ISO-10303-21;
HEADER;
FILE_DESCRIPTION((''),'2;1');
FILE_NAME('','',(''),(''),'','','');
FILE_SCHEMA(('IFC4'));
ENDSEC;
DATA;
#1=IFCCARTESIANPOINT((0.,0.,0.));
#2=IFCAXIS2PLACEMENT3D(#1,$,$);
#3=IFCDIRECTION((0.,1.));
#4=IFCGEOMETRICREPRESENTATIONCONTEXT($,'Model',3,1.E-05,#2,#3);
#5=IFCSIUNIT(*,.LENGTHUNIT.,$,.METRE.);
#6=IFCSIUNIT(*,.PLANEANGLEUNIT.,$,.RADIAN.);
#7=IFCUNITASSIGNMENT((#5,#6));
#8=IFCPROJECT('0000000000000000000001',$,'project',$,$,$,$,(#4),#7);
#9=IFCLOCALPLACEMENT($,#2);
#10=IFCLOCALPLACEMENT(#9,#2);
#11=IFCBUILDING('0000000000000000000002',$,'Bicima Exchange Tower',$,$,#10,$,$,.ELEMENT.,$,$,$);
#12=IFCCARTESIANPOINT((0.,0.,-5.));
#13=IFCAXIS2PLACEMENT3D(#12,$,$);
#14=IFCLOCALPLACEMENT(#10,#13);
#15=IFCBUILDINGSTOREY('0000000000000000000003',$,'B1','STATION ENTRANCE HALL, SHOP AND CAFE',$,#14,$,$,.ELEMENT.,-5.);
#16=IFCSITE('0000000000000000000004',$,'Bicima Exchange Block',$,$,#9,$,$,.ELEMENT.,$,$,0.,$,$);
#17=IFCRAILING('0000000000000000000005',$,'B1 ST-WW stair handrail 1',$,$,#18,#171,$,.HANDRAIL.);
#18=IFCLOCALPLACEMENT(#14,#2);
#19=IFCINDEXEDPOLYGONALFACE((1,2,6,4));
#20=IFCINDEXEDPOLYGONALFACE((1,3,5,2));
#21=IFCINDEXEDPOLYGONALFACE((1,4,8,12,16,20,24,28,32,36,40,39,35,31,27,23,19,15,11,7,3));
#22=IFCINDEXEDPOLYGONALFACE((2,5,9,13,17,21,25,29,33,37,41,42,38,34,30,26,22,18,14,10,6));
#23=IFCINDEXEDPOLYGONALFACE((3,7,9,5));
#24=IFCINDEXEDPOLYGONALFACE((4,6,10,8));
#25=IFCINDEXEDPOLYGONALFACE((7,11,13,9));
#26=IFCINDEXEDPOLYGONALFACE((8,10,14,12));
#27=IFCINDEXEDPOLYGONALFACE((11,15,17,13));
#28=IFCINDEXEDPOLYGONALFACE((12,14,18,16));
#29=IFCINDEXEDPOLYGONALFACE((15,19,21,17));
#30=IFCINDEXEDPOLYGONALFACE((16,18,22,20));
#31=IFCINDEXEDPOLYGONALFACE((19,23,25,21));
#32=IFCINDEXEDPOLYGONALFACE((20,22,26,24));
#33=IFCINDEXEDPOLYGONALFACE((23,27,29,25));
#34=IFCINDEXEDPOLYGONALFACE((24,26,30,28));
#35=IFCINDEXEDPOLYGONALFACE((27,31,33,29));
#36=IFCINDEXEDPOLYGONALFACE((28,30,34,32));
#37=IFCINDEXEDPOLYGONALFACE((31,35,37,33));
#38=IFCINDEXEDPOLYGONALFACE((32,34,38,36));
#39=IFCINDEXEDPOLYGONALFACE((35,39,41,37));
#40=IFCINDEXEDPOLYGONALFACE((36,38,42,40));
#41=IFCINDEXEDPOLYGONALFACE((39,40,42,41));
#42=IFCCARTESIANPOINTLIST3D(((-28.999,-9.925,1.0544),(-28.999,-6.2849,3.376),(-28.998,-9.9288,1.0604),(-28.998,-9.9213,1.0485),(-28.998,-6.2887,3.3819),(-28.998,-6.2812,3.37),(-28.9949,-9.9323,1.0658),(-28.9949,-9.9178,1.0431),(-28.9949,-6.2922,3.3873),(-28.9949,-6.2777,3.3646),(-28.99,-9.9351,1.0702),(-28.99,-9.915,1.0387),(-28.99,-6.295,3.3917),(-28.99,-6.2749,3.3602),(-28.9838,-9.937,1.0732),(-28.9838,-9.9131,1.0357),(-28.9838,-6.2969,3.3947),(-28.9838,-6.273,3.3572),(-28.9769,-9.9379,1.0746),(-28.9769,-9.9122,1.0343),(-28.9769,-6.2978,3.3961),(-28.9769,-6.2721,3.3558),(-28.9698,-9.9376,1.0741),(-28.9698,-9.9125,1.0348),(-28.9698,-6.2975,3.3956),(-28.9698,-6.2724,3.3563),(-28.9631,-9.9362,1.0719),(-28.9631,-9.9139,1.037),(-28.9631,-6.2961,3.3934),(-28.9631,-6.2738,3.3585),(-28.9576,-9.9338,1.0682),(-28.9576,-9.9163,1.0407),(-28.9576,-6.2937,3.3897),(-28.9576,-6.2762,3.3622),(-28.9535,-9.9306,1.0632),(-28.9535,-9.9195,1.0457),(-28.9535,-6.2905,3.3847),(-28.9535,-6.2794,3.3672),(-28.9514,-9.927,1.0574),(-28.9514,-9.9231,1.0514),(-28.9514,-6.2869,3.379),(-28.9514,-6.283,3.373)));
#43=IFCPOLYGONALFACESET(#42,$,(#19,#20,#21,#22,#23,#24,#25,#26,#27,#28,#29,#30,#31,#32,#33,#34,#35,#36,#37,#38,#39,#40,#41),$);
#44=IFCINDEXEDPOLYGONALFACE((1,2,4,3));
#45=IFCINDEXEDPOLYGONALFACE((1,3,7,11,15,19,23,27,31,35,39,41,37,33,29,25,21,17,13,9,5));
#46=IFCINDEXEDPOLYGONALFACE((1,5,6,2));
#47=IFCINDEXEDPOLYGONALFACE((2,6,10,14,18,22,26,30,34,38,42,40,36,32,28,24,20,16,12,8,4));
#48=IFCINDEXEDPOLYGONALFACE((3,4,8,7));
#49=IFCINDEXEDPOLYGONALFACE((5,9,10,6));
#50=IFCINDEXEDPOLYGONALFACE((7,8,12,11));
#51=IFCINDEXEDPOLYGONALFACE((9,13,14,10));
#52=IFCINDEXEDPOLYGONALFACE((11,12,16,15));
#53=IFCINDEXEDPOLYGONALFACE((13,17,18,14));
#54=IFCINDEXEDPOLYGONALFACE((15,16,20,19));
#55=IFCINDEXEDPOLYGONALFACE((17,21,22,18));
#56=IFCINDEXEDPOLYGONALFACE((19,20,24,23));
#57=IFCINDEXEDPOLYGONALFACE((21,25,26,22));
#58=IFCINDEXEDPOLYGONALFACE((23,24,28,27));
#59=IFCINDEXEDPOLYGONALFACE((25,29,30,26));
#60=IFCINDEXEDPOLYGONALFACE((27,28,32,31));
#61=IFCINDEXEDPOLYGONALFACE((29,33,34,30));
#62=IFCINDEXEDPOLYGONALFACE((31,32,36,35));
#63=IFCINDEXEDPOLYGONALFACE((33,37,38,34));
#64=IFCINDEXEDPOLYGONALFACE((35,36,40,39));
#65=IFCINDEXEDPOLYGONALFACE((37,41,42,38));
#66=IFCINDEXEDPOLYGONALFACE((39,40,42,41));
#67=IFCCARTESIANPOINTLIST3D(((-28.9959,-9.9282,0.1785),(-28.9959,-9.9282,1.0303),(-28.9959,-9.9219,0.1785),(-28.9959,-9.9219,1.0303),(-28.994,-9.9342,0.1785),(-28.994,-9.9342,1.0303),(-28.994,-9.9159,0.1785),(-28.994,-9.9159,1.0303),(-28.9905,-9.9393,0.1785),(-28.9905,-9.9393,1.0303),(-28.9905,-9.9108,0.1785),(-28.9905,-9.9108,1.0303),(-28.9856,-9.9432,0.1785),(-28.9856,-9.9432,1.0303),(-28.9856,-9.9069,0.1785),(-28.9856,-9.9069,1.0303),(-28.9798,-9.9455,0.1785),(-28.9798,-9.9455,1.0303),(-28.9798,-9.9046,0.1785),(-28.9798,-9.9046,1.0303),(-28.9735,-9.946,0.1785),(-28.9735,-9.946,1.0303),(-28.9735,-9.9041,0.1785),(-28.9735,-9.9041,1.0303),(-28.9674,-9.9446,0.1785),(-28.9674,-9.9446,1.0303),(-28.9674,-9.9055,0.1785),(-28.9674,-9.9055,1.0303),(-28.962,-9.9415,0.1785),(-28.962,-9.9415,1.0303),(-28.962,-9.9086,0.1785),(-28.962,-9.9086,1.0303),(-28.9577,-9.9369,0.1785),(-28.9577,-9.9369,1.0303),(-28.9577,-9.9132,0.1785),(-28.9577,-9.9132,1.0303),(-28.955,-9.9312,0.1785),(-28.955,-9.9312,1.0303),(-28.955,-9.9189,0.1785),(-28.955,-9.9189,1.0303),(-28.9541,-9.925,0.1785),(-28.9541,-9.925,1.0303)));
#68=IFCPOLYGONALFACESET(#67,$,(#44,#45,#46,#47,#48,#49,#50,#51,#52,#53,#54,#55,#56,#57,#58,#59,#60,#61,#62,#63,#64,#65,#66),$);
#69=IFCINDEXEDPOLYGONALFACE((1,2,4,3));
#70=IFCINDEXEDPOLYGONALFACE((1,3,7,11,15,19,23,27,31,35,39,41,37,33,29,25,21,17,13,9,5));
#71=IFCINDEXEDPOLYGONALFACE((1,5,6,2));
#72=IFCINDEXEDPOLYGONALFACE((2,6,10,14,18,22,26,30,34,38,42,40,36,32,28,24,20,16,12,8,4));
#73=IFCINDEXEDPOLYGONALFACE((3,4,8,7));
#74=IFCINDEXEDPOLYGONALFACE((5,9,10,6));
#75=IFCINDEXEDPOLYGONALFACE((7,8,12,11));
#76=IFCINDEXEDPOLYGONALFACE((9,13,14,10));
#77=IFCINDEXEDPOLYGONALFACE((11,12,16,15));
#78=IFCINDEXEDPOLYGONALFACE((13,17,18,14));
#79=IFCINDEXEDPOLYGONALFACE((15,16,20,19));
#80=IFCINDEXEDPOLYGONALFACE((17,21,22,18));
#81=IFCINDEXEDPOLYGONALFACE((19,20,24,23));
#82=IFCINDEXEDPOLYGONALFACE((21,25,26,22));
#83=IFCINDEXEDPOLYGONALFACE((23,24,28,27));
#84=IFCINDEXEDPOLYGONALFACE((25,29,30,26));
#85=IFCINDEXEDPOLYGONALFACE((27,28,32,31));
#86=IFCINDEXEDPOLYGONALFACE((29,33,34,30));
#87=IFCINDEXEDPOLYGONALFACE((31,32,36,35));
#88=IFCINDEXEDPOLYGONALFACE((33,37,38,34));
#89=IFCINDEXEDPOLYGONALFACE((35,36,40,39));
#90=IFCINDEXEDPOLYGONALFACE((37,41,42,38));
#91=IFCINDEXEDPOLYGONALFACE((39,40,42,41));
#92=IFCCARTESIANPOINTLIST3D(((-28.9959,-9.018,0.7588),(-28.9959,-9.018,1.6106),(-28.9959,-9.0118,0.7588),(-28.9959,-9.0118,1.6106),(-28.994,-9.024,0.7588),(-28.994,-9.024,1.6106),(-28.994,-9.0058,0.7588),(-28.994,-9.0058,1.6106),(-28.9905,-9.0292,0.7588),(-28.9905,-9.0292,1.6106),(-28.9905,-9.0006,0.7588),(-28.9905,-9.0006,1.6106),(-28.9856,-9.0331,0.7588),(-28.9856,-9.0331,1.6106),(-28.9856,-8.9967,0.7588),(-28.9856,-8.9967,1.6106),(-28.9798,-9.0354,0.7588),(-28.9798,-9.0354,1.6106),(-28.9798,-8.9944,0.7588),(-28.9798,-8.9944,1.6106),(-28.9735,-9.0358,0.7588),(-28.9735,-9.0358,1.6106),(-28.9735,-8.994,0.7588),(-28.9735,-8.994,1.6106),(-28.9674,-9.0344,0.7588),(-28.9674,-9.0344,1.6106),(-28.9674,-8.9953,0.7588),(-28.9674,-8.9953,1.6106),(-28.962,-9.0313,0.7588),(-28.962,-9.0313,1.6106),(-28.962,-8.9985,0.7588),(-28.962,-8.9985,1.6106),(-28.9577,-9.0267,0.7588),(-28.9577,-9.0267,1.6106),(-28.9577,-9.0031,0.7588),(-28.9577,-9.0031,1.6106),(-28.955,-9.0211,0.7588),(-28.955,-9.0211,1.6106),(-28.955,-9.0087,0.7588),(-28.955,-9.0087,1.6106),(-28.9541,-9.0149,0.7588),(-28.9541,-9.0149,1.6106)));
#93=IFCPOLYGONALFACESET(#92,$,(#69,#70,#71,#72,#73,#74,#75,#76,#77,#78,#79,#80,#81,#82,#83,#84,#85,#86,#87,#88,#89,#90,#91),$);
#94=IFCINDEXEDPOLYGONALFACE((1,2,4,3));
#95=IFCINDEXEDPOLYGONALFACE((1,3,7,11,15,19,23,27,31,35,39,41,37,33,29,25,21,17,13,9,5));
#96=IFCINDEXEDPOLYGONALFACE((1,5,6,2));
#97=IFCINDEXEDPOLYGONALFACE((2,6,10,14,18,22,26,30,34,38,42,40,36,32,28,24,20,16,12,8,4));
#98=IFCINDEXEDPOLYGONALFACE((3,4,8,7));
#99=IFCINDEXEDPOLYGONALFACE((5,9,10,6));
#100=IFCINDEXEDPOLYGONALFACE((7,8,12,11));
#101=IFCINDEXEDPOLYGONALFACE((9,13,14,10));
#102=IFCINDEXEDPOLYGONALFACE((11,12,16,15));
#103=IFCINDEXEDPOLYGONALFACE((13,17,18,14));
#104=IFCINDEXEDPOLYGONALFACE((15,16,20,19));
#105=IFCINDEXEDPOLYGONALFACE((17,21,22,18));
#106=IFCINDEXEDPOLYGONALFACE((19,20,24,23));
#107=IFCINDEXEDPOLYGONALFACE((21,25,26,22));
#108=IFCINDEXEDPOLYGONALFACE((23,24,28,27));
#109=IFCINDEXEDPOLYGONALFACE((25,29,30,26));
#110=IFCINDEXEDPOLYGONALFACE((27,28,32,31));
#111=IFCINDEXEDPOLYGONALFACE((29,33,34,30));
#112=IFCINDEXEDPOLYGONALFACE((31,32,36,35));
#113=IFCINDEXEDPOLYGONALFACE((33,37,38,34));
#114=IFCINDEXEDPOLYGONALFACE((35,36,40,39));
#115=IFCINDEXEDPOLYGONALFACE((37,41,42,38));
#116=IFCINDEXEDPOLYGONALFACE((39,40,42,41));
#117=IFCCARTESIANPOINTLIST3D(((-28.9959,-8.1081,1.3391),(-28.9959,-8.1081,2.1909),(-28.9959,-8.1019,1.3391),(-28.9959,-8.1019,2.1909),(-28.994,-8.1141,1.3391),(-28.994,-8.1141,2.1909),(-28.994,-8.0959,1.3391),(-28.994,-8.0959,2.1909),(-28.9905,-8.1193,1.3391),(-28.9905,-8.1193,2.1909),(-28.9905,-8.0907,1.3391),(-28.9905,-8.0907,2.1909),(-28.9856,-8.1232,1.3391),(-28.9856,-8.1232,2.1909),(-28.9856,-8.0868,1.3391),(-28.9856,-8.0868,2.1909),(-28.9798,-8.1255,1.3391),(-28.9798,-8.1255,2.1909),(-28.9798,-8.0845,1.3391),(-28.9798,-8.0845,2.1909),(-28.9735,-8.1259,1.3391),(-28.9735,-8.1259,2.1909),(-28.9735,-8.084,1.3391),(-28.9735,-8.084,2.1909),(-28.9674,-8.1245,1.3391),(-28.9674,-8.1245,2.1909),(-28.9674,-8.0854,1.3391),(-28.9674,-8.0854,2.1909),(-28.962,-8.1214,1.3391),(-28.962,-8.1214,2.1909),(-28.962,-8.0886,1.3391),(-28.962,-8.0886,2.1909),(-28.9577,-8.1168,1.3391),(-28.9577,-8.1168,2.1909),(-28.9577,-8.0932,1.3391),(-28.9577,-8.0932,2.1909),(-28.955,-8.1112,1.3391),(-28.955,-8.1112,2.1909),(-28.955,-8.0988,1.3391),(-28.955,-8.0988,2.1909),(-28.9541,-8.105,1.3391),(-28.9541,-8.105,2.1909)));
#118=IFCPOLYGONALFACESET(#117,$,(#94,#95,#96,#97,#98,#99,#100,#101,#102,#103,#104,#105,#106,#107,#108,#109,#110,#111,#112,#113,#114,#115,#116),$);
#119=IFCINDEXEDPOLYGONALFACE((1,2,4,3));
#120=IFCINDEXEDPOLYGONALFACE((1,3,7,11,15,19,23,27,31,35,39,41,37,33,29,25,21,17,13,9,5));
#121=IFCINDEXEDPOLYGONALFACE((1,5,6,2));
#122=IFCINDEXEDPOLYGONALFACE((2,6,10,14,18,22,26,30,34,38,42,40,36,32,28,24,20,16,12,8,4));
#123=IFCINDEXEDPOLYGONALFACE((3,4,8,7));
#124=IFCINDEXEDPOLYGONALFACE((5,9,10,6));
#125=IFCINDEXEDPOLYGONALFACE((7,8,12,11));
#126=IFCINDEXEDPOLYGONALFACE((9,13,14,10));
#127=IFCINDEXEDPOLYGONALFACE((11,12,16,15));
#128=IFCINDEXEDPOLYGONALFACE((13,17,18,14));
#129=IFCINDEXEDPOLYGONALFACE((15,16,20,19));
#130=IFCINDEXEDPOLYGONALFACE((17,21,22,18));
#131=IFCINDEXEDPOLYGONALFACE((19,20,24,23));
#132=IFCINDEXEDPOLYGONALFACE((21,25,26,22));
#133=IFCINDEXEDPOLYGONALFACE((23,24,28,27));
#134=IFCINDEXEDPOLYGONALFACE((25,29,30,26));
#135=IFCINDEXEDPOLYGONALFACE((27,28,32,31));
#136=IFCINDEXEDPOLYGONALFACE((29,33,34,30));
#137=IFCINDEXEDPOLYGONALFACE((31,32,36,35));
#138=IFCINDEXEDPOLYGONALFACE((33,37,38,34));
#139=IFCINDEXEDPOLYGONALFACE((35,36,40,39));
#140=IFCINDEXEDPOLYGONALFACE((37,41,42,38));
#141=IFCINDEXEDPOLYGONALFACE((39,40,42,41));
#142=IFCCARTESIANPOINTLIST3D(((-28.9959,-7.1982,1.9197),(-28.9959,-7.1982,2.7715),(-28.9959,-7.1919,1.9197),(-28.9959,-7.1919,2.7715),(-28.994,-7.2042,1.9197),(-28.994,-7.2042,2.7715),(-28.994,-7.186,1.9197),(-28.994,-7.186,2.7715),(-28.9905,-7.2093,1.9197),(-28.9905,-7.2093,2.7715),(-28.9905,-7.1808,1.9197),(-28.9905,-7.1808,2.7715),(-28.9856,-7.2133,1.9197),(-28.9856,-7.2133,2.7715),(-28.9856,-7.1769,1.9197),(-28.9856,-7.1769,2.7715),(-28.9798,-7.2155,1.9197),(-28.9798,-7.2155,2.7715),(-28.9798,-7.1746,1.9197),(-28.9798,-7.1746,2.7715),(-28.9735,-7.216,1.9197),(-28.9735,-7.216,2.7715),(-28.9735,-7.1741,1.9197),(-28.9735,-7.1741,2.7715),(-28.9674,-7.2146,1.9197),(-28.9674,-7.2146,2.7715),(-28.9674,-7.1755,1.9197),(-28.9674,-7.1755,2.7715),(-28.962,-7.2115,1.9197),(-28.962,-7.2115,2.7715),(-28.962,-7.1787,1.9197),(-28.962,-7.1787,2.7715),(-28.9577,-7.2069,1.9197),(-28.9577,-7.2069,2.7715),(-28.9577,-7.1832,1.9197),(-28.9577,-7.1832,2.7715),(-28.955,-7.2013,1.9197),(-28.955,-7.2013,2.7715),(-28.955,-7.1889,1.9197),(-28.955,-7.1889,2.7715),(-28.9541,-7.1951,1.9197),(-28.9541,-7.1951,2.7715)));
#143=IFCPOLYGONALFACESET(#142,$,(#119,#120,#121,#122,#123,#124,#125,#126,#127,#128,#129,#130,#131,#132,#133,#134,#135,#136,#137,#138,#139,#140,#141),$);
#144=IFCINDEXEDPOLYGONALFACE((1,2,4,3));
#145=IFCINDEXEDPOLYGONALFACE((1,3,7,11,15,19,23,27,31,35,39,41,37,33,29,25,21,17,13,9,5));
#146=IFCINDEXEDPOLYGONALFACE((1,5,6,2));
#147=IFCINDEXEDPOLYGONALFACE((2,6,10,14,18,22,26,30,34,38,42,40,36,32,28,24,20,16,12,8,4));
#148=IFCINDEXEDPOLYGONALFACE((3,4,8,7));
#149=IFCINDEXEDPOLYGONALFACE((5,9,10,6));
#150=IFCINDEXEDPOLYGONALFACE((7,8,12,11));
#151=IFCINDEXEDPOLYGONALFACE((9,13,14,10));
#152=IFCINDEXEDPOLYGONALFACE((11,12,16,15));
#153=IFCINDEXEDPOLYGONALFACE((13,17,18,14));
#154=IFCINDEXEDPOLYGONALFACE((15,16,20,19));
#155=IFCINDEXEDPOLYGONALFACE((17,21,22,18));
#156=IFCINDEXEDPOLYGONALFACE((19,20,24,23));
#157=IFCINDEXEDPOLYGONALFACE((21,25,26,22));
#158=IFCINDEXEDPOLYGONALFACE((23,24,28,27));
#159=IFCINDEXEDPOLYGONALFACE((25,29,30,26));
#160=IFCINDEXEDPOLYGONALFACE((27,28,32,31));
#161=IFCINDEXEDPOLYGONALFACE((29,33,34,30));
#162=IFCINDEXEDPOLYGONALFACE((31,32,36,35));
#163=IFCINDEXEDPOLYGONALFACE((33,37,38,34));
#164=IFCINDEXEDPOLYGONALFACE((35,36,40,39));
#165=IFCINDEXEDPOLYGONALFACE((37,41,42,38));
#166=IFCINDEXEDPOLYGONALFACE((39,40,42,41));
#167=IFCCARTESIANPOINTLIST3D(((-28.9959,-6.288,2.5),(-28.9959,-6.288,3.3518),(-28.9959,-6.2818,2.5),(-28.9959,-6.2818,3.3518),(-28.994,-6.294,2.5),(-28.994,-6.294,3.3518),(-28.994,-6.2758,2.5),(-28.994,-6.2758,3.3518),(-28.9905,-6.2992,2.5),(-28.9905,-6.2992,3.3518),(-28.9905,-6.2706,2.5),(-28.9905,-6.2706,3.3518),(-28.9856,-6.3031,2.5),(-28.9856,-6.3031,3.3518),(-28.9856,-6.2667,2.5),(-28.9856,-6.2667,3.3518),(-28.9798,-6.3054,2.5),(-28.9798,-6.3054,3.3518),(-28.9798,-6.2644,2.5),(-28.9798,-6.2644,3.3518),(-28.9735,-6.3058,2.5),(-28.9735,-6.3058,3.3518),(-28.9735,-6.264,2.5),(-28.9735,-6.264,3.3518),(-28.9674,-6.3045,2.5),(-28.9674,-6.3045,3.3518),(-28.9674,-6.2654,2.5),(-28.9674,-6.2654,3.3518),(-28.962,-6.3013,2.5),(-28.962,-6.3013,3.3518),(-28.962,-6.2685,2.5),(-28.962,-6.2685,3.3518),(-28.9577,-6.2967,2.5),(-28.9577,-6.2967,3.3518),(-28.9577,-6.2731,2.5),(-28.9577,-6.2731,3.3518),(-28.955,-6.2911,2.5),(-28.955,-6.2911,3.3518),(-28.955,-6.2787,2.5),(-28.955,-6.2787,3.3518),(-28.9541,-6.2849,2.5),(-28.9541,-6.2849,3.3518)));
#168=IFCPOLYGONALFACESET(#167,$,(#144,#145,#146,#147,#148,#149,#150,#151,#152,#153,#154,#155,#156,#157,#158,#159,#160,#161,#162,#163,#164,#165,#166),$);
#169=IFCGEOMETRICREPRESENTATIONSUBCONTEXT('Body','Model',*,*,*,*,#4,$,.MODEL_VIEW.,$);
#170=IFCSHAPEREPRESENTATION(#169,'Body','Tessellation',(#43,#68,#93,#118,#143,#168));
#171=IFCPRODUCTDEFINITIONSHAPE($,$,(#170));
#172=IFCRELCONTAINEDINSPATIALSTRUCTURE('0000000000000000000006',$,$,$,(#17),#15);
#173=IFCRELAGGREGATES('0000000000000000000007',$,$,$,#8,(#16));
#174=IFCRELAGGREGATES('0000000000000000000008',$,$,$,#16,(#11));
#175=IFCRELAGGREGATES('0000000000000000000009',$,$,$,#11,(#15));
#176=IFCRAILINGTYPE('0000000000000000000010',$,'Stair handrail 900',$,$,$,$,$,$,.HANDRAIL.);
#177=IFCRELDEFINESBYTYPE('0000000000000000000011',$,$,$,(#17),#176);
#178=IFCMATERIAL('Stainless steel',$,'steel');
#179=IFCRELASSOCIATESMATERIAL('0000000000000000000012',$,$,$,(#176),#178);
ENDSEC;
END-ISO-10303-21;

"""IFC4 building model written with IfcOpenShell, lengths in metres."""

from ifc_helpers import new_model, si_unit, direction, frame, origin, origin_2d, place, context, subcontext, project, spatial, circle, extrude, material, type_object, element, save


model = new_model("IFC4")

# Units and contexts
model_context = context("Model", 3, precision=1e-05, world=origin(), true_north=direction((0.0, 1.0)))
body_context = subcontext(model_context, "Body", "Model", "MODEL_VIEW")
ifc_project = project(units=[si_unit("LENGTHUNIT", "METRE"), si_unit("PLANEANGLEUNIT", "RADIAN")], contexts=[model_context])

# Site, building, storey
site_placement = place(None, origin())
site = spatial("IfcSite", under=ifc_project, at=site_placement, Name="Bicima Exchange Block", CompositionType="ELEMENT", RefElevation=0.0)
building_placement = place(site_placement, origin())
building = spatial("IfcBuilding", under=site, at=building_placement, Name="Bicima Exchange Tower", CompositionType="ELEMENT")
storey_placement = place(building_placement, frame((0.0, 0.0, -5.0)))
storey = spatial("IfcBuildingStorey", under=building, at=storey_placement, Name="B1", Description="STATION ENTRANCE HALL, SHOP AND CAFE", CompositionType="ELEMENT", Elevation=-5.0)

# Railing
ifc_material_1 = material(Name="Stainless steel", Category="steel")
railing_type_1 = type_object("IfcRailingType", Name="Stair handrail 900", PredefinedType="HANDRAIL", material=ifc_material_1)
railing_1_placement = place(storey_placement, frame((-28.9751, -9.925, 0.1785)))
element("IfcRailing", 1, at=railing_1_placement, inside=storey, type_object=railing_type_1, Name="B1 ST-WW stair handrail 1", PredefinedType="HANDRAIL", context=body_context, shape_type="SweptSolid", body=[
    extrude(circle(Radius=0.0239, at=origin_2d()), frame((0.0, 0.0, 0.876), z_axis=(0.0, 0.843128, 0.537713), x_axis=(-1.0, 0.0, 0.0)), (0.0, 0.0, 1.0), 4.3174),
    extrude(circle(Radius=0.021, at=origin_2d()), origin(), (0.0, 0.0, 1.0), 0.8518),
    extrude(circle(Radius=0.021, at=origin_2d()), frame((0.0, 0.9102, 0.5803)), (0.0, 0.0, 1.0), 0.8518),
    extrude(circle(Radius=0.021, at=origin_2d()), frame((0.0, 1.8201, 1.1606)), (0.0, 0.0, 1.0), 0.8518),
    extrude(circle(Radius=0.021, at=origin_2d()), frame((0.0, 2.73, 1.7412)), (0.0, 0.0, 1.0), 0.8518),
    extrude(circle(Radius=0.021, at=origin_2d()), frame((0.0, 3.6401, 2.3215)), (0.0, 0.0, 1.0), 0.8518),
])

save(model, "model.ifc")
